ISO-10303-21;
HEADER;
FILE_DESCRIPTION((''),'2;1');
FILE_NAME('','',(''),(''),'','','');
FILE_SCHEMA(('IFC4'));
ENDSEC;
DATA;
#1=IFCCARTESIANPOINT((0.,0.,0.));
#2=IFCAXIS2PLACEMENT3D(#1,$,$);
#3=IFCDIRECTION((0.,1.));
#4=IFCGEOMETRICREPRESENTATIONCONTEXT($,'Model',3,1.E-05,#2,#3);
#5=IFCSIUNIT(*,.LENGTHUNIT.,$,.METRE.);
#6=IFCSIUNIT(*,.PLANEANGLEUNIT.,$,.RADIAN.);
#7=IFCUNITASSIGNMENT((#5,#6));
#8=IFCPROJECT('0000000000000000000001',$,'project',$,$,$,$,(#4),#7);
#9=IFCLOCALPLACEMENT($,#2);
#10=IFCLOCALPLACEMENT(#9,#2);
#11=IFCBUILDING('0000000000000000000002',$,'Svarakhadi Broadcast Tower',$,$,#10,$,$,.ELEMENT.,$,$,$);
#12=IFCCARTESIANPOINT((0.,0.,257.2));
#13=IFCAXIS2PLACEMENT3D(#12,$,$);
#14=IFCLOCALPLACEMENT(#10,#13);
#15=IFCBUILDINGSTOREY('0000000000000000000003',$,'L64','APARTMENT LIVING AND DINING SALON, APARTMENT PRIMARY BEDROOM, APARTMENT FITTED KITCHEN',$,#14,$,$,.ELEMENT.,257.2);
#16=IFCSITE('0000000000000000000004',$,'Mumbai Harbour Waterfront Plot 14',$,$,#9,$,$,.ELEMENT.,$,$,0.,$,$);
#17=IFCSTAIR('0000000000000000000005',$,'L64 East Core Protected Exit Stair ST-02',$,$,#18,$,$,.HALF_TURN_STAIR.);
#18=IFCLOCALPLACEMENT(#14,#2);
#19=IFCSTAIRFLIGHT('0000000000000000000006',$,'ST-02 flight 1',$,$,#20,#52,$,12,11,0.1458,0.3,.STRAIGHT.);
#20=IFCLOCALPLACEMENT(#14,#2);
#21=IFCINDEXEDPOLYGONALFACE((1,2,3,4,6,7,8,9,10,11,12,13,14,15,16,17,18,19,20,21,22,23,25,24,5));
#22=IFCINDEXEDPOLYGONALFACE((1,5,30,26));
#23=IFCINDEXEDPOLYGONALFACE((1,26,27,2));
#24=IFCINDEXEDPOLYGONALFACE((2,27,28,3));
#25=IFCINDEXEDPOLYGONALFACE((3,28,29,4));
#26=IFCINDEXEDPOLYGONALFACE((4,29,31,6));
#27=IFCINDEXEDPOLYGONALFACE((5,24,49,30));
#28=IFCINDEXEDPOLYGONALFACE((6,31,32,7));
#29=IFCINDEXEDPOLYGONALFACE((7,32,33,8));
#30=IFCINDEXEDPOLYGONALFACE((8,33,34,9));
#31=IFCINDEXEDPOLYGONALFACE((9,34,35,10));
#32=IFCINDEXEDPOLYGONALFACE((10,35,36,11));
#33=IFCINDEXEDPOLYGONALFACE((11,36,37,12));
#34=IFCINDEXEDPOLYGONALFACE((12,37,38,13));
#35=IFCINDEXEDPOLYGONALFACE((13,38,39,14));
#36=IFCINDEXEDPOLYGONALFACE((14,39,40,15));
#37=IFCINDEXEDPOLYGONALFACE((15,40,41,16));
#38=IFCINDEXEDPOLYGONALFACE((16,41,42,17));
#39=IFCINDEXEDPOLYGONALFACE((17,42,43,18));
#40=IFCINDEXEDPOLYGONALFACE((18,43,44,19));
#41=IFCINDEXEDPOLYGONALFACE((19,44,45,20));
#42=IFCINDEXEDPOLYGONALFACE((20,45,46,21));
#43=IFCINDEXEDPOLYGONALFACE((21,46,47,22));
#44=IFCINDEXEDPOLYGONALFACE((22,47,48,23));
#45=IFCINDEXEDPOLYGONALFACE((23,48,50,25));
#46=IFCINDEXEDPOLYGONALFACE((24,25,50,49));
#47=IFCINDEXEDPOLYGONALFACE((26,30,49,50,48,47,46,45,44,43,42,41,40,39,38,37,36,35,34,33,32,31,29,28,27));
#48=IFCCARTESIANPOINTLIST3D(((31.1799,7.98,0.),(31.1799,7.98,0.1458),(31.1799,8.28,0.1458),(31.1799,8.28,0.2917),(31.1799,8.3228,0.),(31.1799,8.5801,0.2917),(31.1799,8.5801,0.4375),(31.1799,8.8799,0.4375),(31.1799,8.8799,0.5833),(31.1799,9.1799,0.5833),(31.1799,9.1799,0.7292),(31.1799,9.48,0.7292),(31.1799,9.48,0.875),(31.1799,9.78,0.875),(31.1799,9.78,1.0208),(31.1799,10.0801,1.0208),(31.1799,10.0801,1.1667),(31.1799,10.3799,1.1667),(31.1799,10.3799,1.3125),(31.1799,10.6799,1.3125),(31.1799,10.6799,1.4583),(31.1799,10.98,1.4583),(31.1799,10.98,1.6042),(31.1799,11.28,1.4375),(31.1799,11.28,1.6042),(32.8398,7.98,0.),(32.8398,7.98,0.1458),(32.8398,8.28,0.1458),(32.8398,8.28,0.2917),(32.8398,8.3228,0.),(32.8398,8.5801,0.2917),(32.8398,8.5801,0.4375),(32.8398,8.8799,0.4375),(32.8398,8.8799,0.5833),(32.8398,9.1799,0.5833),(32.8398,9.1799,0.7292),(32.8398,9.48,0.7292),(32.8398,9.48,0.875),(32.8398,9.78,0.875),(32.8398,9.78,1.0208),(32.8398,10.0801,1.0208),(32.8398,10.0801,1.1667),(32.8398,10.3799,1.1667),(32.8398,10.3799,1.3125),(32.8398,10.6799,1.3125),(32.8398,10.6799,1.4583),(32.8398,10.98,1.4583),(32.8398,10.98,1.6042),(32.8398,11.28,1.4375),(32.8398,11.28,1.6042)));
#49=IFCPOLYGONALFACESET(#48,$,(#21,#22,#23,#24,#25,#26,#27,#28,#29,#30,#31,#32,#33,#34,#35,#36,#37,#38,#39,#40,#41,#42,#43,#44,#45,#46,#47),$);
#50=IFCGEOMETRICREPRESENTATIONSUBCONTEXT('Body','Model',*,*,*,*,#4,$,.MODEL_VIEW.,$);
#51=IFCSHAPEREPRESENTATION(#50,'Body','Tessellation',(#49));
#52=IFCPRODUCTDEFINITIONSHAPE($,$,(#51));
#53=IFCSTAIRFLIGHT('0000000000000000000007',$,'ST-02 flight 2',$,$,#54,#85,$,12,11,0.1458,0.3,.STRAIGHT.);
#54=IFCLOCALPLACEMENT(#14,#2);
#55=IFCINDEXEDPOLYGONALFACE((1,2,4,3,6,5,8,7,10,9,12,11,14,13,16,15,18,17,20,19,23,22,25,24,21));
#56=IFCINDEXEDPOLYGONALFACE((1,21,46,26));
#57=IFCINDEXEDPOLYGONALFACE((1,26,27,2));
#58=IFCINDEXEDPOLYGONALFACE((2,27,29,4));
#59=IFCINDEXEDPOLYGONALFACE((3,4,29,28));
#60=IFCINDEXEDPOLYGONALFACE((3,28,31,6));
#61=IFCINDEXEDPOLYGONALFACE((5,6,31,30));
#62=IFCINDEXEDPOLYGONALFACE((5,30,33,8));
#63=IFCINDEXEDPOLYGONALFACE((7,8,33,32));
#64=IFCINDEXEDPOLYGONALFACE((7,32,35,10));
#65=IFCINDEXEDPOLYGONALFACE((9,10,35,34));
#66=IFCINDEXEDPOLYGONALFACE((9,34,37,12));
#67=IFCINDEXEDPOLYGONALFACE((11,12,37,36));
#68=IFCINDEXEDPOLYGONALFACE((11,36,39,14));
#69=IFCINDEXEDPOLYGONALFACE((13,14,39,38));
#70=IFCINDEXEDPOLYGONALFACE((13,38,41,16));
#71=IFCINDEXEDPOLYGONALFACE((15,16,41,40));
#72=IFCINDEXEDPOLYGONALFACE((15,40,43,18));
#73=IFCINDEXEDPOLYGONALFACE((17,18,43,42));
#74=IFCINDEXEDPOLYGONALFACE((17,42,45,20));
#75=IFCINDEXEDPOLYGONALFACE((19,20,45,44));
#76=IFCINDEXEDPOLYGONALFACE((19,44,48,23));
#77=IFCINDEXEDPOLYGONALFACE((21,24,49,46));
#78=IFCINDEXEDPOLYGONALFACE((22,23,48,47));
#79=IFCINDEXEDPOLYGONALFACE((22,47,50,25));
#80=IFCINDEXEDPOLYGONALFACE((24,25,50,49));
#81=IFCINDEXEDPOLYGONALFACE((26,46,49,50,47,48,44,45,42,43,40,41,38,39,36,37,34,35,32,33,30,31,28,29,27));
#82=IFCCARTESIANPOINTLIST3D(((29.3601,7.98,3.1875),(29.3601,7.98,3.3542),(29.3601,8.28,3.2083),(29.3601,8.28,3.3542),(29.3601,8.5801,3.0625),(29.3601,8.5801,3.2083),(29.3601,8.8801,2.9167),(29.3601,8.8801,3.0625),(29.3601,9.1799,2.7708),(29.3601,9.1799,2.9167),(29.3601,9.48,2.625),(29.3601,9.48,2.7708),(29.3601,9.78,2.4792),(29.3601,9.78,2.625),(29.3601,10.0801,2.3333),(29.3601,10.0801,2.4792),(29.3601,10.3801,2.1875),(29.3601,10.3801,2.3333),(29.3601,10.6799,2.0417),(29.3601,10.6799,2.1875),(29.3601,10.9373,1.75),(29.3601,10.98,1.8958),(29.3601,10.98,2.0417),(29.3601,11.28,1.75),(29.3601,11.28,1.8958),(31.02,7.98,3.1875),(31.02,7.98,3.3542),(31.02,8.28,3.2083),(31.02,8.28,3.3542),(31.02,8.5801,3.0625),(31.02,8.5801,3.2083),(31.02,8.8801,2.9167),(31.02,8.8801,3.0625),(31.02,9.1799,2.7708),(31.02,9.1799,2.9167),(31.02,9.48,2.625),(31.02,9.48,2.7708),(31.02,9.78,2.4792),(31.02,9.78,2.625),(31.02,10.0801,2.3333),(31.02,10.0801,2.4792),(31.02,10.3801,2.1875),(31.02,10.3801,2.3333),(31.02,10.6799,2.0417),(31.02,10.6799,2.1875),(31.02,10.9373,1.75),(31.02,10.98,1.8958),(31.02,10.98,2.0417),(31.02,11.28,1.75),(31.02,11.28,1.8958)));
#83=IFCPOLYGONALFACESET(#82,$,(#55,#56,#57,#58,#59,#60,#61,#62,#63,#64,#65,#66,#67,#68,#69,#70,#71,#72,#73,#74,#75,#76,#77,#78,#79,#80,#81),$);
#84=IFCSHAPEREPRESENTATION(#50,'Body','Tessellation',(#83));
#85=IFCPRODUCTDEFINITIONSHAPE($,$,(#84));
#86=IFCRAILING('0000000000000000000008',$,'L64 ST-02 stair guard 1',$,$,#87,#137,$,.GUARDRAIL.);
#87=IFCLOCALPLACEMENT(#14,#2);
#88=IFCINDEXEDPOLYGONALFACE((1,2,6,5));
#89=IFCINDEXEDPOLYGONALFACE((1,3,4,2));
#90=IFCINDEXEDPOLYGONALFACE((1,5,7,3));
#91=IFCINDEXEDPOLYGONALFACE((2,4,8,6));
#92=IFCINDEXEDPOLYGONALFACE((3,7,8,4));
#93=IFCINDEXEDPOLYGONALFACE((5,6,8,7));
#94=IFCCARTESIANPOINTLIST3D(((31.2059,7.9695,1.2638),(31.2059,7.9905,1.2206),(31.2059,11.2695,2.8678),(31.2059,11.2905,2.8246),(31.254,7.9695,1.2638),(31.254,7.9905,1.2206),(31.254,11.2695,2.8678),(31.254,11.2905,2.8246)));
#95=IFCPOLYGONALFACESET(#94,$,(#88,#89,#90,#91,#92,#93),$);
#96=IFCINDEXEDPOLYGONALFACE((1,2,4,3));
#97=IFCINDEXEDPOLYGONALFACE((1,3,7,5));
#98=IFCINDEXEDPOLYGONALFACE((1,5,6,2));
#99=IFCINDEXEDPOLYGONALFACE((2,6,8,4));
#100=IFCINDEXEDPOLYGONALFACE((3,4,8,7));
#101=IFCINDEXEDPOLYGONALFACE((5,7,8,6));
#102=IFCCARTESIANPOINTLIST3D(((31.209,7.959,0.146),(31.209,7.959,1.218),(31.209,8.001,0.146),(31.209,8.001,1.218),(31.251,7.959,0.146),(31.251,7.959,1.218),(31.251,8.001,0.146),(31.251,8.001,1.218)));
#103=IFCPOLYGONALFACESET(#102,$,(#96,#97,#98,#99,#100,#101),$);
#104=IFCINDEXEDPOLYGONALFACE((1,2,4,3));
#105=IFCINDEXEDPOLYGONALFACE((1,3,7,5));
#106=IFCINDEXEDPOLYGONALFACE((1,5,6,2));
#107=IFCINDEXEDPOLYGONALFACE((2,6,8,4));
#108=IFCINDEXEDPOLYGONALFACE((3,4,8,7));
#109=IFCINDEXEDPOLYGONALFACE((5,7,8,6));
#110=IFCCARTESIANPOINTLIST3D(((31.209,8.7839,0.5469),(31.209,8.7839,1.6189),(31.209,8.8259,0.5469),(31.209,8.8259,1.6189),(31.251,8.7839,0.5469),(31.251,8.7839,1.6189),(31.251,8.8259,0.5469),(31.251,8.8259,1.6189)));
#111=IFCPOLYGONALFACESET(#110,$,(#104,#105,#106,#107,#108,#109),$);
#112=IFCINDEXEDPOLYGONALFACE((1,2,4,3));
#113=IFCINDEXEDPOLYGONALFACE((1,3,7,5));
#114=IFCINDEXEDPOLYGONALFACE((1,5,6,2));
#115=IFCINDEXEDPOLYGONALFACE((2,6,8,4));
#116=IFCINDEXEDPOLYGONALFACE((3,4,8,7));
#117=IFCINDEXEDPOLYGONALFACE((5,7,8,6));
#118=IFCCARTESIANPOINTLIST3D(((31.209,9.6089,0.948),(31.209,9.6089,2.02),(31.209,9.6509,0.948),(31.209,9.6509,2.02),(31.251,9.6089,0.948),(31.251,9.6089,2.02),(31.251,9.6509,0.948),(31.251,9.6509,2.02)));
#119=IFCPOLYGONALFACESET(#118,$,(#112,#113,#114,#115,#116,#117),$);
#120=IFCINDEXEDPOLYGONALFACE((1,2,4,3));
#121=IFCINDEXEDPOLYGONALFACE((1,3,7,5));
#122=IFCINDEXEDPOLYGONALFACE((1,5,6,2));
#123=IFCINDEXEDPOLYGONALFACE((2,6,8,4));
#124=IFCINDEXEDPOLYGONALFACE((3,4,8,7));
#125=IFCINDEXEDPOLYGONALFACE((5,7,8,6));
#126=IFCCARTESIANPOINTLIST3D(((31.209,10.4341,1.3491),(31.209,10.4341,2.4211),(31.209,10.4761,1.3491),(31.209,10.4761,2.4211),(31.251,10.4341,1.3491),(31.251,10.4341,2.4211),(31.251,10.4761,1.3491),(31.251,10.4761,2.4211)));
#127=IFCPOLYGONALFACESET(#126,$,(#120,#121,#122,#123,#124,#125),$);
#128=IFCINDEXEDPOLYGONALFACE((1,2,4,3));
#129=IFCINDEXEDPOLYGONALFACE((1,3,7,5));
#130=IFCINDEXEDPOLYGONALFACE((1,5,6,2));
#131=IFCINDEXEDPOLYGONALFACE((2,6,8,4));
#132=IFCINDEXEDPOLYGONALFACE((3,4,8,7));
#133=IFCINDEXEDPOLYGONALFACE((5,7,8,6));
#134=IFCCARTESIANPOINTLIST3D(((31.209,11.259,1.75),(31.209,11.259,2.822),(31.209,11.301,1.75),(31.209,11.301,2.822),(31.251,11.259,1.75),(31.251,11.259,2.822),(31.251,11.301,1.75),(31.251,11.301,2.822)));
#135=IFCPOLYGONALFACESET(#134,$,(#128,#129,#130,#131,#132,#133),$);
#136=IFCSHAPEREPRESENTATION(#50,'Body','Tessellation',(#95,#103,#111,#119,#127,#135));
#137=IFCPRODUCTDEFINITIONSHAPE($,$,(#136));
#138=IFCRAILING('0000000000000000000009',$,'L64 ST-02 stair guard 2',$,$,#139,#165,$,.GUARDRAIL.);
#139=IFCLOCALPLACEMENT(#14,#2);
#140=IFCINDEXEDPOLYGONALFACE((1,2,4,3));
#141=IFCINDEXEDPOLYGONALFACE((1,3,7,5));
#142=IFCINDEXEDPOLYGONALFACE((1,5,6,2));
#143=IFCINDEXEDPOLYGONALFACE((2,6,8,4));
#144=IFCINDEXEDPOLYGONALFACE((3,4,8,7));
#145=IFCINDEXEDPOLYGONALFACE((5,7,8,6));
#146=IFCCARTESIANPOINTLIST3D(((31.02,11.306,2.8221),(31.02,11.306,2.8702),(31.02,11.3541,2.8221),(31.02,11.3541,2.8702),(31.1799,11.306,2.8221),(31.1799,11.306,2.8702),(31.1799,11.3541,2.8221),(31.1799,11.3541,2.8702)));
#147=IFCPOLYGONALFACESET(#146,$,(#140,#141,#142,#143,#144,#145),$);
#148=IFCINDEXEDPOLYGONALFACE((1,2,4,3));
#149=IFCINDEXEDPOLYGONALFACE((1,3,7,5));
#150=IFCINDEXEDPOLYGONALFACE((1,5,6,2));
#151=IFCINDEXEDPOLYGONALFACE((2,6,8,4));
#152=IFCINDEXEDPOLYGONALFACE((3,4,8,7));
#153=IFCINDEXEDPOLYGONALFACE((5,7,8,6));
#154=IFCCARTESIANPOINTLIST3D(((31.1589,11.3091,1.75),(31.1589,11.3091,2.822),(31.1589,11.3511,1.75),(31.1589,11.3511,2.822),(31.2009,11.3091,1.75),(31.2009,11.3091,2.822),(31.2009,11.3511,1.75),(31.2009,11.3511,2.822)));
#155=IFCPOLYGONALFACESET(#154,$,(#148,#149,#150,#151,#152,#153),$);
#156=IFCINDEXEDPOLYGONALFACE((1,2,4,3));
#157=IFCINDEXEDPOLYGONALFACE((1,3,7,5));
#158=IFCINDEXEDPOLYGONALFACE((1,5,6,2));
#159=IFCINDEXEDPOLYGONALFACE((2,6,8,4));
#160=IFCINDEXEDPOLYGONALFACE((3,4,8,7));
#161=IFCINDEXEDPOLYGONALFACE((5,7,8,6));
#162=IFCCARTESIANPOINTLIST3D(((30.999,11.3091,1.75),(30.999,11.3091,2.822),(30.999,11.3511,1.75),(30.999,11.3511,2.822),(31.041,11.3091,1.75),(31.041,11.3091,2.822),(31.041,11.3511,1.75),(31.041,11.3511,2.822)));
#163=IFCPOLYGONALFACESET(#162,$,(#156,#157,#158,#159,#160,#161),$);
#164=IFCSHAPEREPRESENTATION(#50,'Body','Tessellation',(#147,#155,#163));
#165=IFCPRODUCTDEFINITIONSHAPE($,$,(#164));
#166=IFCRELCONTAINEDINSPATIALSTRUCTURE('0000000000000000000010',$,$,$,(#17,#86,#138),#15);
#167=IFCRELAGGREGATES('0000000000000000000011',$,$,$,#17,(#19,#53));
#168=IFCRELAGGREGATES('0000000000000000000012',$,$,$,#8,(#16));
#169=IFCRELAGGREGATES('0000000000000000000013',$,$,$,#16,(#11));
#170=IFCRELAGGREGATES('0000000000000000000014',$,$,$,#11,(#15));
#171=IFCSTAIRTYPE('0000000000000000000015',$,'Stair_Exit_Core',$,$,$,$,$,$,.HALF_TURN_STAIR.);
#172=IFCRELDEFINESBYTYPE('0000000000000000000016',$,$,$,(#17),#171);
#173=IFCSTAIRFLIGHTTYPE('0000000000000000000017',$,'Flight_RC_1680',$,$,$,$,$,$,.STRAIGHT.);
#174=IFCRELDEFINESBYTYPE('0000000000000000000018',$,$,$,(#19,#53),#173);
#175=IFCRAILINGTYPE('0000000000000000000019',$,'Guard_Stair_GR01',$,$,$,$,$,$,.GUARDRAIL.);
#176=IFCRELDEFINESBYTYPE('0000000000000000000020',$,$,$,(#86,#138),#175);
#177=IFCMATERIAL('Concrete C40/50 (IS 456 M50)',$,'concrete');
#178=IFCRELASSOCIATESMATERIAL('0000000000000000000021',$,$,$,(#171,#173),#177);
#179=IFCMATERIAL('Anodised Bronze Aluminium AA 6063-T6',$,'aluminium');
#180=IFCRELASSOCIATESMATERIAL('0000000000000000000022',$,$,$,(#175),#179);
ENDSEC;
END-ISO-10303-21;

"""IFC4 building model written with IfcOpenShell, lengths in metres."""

from ifc_helpers import new_model, si_unit, direction, frame, origin, origin_2d, place, context, subcontext, project, spatial, polyline, rectangle, outline, extrude, material, type_object, element, aggregate, save


model = new_model("IFC4")

# Units and contexts
model_context = context("Model", 3, precision=1e-05, world=origin(), true_north=direction((0.0, 1.0)))
body_context = subcontext(model_context, "Body", "Model", "MODEL_VIEW")
ifc_project = project(units=[si_unit("LENGTHUNIT", "METRE"), si_unit("PLANEANGLEUNIT", "RADIAN")], contexts=[model_context])

# Site, building, storey
site_placement = place(None, origin())
site = spatial("IfcSite", under=ifc_project, at=site_placement, Name="Mumbai Harbour Waterfront Plot 14", CompositionType="ELEMENT", RefElevation=0.0)
building_placement = place(site_placement, origin())
building = spatial("IfcBuilding", under=site, at=building_placement, Name="Svarakhadi Broadcast Tower", CompositionType="ELEMENT")
storey_placement = place(building_placement, frame((0.0, 0.0, 257.2)))
storey = spatial("IfcBuildingStorey", under=building, at=storey_placement, Name="L64", Description="APARTMENT LIVING AND DINING SALON, APARTMENT PRIMARY BEDROOM, APARTMENT FITTED KITCHEN", CompositionType="ELEMENT", Elevation=257.2)

# Shared definitions
ifc_material_1 = material(Name="Anodised Bronze Aluminium AA 6063-T6", Category="aluminium")

# Shared definitions
ifc_material_2 = material(Name="Concrete C40/50 (IS 456 M50)", Category="concrete")

# Stair, stair flights
stair_type = type_object("IfcStairType", Name="Stair_Exit_Core", PredefinedType="HALF_TURN_STAIR", material=ifc_material_2)
stair_placement = place(storey_placement, origin())
stair = element("IfcStair", 1, at=stair_placement, inside=storey, type_object=stair_type, Name="L64 East Core Protected Exit Stair ST-02", PredefinedType="HALF_TURN_STAIR")
stair_flight_type = type_object("IfcStairFlightType", Name="Flight_RC_1680", PredefinedType="STRAIGHT", material=ifc_material_2)
stair_flight_1_placement = place(storey_placement, frame((32.01, 7.98, 0.0), z_axis=(0.0, 0.0, 1.0), x_axis=(0.0, 1.0, 0.0)))
stair_flight_1 = element("IfcStairFlight", 2, at=stair_flight_1_placement, type_object=stair_flight_type, Name="ST-02 flight 1", NumberOfRisers=12, NumberOfTreads=11, PredefinedType="STRAIGHT", RiserHeight=0.1458, TreadLength=0.3, context=body_context, shape_type="SweptSolid", body=[
    extrude(outline(polyline([(0.0, 0.0), (0.0, 0.1458), (0.3, 0.1458), (0.3, 0.2917), (0.6001, 0.2917), (0.6001, 0.4375), (0.8999, 0.4375), (0.8999, 0.5833), (1.2, 0.5833), (1.2, 0.7292), (1.5, 0.7292), (1.5, 0.875), (1.8, 0.875), (1.8, 1.0208), (2.1001, 1.0208), (2.1001, 1.1667), (2.3999, 1.1667), (2.3999, 1.3125), (2.7, 1.3125), (2.7, 1.4583), (3.0, 1.4583), (3.0, 1.6042), (3.3, 1.6042), (3.3, 1.75), (3.3, 1.4375), (0.3428, 0.0), (0.0, 0.0)])), frame((0.0, 0.8301, 0.0), z_axis=(0.0, -1.0, 0.0), x_axis=(1.0, 0.0, 0.0)), (0.0, 0.0, 1.0), 1.6599),
])
stair_flight_2_placement = place(storey_placement, frame((30.1899, 11.28, 1.75), z_axis=(0.0, 0.0, 1.0), x_axis=(0.0, -1.0, 0.0)))
stair_flight_2 = element("IfcStairFlight", 3, at=stair_flight_2_placement, type_object=stair_flight_type, Name="ST-02 flight 2", NumberOfRisers=12, NumberOfTreads=11, PredefinedType="STRAIGHT", RiserHeight=0.1458, TreadLength=0.3, context=body_context, shape_type="SweptSolid", body=[
    extrude(outline(polyline([(0.0, 0.0), (0.0, 0.1458), (0.3, 0.1458), (0.3, 0.2917), (0.6001, 0.2917), (0.6001, 0.4375), (0.8999, 0.4375), (0.8999, 0.5833), (1.2, 0.5833), (1.2, 0.7292), (1.5, 0.7292), (1.5, 0.875), (1.8, 0.875), (1.8, 1.0208), (2.1001, 1.0208), (2.1001, 1.1667), (2.3999, 1.1667), (2.3999, 1.3125), (2.7, 1.3125), (2.7, 1.4583), (3.0, 1.4583), (3.0, 1.6042), (3.3, 1.6042), (3.3, 1.75), (3.3, 1.4375), (0.3428, 0.0), (0.0, 0.0)])), frame((0.0, 0.8301, 0.0), z_axis=(0.0, -1.0, 0.0), x_axis=(1.0, 0.0, 0.0)), (0.0, 0.0, 1.0), 1.6599),
])
aggregate(stair, [stair_flight_1, stair_flight_2])

# Railings
railing_type_1 = type_object("IfcRailingType", Name="Guard_Stair_GR01", PredefinedType="GUARDRAIL", material=ifc_material_1)
railing_1_placement = place(storey_placement, frame((31.23, 7.98, 0.146)))
element("IfcRailing", 4, at=railing_1_placement, inside=storey, type_object=railing_type_1, Name="L64 ST-02 stair guard 1", PredefinedType="GUARDRAIL", context=body_context, shape_type="SweptSolid", body=[
    extrude(rectangle(XDim=0.0481, YDim=0.0481, at=origin_2d()), frame((0.0, 0.0, 1.0962), z_axis=(0.0, 0.899388, 0.437152), x_axis=(-1.0, 0.0, 0.0)), (0.0, 0.0, 1.0), 3.6692),
    extrude(rectangle(XDim=0.042, YDim=0.042, at=origin_2d()), origin(), (0.0, 0.0, 1.0), 1.072),
    extrude(rectangle(XDim=0.042, YDim=0.042, at=origin_2d()), frame((0.0, 0.825, 0.4009)), (0.0, 0.0, 1.0), 1.072),
    extrude(rectangle(XDim=0.042, YDim=0.042, at=origin_2d()), frame((0.0, 1.6499, 0.802)), (0.0, 0.0, 1.0), 1.072),
    extrude(rectangle(XDim=0.042, YDim=0.042, at=origin_2d()), frame((0.0, 2.4751, 1.2031)), (0.0, 0.0, 1.0), 1.072),
    extrude(rectangle(XDim=0.042, YDim=0.042, at=origin_2d()), frame((0.0, 3.3, 1.604)), (0.0, 0.0, 1.0), 1.072),
])
railing_2_placement = place(storey_placement, frame((31.1799, 11.3301, 1.75)))
element("IfcRailing", 5, at=railing_2_placement, inside=storey, type_object=railing_type_1, Name="L64 ST-02 stair guard 2", PredefinedType="GUARDRAIL", context=body_context, shape_type="SweptSolid", body=[
    extrude(rectangle(XDim=0.0481, YDim=0.0481, at=origin_2d()), frame((0.0, 0.0, 1.0962), z_axis=(-1.0, 0.0, 0.0), x_axis=(0.0, -1.0, 0.0)), (0.0, 0.0, 1.0), 0.1599),
    extrude(rectangle(XDim=0.042, YDim=0.042, at=origin_2d()), origin(), (0.0, 0.0, 1.0), 1.072),
    extrude(rectangle(XDim=0.042, YDim=0.042, at=origin_2d()), frame((-0.1599, 0.0, 0.0)), (0.0, 0.0, 1.0), 1.072),
])

save(model, "model.ifc")
